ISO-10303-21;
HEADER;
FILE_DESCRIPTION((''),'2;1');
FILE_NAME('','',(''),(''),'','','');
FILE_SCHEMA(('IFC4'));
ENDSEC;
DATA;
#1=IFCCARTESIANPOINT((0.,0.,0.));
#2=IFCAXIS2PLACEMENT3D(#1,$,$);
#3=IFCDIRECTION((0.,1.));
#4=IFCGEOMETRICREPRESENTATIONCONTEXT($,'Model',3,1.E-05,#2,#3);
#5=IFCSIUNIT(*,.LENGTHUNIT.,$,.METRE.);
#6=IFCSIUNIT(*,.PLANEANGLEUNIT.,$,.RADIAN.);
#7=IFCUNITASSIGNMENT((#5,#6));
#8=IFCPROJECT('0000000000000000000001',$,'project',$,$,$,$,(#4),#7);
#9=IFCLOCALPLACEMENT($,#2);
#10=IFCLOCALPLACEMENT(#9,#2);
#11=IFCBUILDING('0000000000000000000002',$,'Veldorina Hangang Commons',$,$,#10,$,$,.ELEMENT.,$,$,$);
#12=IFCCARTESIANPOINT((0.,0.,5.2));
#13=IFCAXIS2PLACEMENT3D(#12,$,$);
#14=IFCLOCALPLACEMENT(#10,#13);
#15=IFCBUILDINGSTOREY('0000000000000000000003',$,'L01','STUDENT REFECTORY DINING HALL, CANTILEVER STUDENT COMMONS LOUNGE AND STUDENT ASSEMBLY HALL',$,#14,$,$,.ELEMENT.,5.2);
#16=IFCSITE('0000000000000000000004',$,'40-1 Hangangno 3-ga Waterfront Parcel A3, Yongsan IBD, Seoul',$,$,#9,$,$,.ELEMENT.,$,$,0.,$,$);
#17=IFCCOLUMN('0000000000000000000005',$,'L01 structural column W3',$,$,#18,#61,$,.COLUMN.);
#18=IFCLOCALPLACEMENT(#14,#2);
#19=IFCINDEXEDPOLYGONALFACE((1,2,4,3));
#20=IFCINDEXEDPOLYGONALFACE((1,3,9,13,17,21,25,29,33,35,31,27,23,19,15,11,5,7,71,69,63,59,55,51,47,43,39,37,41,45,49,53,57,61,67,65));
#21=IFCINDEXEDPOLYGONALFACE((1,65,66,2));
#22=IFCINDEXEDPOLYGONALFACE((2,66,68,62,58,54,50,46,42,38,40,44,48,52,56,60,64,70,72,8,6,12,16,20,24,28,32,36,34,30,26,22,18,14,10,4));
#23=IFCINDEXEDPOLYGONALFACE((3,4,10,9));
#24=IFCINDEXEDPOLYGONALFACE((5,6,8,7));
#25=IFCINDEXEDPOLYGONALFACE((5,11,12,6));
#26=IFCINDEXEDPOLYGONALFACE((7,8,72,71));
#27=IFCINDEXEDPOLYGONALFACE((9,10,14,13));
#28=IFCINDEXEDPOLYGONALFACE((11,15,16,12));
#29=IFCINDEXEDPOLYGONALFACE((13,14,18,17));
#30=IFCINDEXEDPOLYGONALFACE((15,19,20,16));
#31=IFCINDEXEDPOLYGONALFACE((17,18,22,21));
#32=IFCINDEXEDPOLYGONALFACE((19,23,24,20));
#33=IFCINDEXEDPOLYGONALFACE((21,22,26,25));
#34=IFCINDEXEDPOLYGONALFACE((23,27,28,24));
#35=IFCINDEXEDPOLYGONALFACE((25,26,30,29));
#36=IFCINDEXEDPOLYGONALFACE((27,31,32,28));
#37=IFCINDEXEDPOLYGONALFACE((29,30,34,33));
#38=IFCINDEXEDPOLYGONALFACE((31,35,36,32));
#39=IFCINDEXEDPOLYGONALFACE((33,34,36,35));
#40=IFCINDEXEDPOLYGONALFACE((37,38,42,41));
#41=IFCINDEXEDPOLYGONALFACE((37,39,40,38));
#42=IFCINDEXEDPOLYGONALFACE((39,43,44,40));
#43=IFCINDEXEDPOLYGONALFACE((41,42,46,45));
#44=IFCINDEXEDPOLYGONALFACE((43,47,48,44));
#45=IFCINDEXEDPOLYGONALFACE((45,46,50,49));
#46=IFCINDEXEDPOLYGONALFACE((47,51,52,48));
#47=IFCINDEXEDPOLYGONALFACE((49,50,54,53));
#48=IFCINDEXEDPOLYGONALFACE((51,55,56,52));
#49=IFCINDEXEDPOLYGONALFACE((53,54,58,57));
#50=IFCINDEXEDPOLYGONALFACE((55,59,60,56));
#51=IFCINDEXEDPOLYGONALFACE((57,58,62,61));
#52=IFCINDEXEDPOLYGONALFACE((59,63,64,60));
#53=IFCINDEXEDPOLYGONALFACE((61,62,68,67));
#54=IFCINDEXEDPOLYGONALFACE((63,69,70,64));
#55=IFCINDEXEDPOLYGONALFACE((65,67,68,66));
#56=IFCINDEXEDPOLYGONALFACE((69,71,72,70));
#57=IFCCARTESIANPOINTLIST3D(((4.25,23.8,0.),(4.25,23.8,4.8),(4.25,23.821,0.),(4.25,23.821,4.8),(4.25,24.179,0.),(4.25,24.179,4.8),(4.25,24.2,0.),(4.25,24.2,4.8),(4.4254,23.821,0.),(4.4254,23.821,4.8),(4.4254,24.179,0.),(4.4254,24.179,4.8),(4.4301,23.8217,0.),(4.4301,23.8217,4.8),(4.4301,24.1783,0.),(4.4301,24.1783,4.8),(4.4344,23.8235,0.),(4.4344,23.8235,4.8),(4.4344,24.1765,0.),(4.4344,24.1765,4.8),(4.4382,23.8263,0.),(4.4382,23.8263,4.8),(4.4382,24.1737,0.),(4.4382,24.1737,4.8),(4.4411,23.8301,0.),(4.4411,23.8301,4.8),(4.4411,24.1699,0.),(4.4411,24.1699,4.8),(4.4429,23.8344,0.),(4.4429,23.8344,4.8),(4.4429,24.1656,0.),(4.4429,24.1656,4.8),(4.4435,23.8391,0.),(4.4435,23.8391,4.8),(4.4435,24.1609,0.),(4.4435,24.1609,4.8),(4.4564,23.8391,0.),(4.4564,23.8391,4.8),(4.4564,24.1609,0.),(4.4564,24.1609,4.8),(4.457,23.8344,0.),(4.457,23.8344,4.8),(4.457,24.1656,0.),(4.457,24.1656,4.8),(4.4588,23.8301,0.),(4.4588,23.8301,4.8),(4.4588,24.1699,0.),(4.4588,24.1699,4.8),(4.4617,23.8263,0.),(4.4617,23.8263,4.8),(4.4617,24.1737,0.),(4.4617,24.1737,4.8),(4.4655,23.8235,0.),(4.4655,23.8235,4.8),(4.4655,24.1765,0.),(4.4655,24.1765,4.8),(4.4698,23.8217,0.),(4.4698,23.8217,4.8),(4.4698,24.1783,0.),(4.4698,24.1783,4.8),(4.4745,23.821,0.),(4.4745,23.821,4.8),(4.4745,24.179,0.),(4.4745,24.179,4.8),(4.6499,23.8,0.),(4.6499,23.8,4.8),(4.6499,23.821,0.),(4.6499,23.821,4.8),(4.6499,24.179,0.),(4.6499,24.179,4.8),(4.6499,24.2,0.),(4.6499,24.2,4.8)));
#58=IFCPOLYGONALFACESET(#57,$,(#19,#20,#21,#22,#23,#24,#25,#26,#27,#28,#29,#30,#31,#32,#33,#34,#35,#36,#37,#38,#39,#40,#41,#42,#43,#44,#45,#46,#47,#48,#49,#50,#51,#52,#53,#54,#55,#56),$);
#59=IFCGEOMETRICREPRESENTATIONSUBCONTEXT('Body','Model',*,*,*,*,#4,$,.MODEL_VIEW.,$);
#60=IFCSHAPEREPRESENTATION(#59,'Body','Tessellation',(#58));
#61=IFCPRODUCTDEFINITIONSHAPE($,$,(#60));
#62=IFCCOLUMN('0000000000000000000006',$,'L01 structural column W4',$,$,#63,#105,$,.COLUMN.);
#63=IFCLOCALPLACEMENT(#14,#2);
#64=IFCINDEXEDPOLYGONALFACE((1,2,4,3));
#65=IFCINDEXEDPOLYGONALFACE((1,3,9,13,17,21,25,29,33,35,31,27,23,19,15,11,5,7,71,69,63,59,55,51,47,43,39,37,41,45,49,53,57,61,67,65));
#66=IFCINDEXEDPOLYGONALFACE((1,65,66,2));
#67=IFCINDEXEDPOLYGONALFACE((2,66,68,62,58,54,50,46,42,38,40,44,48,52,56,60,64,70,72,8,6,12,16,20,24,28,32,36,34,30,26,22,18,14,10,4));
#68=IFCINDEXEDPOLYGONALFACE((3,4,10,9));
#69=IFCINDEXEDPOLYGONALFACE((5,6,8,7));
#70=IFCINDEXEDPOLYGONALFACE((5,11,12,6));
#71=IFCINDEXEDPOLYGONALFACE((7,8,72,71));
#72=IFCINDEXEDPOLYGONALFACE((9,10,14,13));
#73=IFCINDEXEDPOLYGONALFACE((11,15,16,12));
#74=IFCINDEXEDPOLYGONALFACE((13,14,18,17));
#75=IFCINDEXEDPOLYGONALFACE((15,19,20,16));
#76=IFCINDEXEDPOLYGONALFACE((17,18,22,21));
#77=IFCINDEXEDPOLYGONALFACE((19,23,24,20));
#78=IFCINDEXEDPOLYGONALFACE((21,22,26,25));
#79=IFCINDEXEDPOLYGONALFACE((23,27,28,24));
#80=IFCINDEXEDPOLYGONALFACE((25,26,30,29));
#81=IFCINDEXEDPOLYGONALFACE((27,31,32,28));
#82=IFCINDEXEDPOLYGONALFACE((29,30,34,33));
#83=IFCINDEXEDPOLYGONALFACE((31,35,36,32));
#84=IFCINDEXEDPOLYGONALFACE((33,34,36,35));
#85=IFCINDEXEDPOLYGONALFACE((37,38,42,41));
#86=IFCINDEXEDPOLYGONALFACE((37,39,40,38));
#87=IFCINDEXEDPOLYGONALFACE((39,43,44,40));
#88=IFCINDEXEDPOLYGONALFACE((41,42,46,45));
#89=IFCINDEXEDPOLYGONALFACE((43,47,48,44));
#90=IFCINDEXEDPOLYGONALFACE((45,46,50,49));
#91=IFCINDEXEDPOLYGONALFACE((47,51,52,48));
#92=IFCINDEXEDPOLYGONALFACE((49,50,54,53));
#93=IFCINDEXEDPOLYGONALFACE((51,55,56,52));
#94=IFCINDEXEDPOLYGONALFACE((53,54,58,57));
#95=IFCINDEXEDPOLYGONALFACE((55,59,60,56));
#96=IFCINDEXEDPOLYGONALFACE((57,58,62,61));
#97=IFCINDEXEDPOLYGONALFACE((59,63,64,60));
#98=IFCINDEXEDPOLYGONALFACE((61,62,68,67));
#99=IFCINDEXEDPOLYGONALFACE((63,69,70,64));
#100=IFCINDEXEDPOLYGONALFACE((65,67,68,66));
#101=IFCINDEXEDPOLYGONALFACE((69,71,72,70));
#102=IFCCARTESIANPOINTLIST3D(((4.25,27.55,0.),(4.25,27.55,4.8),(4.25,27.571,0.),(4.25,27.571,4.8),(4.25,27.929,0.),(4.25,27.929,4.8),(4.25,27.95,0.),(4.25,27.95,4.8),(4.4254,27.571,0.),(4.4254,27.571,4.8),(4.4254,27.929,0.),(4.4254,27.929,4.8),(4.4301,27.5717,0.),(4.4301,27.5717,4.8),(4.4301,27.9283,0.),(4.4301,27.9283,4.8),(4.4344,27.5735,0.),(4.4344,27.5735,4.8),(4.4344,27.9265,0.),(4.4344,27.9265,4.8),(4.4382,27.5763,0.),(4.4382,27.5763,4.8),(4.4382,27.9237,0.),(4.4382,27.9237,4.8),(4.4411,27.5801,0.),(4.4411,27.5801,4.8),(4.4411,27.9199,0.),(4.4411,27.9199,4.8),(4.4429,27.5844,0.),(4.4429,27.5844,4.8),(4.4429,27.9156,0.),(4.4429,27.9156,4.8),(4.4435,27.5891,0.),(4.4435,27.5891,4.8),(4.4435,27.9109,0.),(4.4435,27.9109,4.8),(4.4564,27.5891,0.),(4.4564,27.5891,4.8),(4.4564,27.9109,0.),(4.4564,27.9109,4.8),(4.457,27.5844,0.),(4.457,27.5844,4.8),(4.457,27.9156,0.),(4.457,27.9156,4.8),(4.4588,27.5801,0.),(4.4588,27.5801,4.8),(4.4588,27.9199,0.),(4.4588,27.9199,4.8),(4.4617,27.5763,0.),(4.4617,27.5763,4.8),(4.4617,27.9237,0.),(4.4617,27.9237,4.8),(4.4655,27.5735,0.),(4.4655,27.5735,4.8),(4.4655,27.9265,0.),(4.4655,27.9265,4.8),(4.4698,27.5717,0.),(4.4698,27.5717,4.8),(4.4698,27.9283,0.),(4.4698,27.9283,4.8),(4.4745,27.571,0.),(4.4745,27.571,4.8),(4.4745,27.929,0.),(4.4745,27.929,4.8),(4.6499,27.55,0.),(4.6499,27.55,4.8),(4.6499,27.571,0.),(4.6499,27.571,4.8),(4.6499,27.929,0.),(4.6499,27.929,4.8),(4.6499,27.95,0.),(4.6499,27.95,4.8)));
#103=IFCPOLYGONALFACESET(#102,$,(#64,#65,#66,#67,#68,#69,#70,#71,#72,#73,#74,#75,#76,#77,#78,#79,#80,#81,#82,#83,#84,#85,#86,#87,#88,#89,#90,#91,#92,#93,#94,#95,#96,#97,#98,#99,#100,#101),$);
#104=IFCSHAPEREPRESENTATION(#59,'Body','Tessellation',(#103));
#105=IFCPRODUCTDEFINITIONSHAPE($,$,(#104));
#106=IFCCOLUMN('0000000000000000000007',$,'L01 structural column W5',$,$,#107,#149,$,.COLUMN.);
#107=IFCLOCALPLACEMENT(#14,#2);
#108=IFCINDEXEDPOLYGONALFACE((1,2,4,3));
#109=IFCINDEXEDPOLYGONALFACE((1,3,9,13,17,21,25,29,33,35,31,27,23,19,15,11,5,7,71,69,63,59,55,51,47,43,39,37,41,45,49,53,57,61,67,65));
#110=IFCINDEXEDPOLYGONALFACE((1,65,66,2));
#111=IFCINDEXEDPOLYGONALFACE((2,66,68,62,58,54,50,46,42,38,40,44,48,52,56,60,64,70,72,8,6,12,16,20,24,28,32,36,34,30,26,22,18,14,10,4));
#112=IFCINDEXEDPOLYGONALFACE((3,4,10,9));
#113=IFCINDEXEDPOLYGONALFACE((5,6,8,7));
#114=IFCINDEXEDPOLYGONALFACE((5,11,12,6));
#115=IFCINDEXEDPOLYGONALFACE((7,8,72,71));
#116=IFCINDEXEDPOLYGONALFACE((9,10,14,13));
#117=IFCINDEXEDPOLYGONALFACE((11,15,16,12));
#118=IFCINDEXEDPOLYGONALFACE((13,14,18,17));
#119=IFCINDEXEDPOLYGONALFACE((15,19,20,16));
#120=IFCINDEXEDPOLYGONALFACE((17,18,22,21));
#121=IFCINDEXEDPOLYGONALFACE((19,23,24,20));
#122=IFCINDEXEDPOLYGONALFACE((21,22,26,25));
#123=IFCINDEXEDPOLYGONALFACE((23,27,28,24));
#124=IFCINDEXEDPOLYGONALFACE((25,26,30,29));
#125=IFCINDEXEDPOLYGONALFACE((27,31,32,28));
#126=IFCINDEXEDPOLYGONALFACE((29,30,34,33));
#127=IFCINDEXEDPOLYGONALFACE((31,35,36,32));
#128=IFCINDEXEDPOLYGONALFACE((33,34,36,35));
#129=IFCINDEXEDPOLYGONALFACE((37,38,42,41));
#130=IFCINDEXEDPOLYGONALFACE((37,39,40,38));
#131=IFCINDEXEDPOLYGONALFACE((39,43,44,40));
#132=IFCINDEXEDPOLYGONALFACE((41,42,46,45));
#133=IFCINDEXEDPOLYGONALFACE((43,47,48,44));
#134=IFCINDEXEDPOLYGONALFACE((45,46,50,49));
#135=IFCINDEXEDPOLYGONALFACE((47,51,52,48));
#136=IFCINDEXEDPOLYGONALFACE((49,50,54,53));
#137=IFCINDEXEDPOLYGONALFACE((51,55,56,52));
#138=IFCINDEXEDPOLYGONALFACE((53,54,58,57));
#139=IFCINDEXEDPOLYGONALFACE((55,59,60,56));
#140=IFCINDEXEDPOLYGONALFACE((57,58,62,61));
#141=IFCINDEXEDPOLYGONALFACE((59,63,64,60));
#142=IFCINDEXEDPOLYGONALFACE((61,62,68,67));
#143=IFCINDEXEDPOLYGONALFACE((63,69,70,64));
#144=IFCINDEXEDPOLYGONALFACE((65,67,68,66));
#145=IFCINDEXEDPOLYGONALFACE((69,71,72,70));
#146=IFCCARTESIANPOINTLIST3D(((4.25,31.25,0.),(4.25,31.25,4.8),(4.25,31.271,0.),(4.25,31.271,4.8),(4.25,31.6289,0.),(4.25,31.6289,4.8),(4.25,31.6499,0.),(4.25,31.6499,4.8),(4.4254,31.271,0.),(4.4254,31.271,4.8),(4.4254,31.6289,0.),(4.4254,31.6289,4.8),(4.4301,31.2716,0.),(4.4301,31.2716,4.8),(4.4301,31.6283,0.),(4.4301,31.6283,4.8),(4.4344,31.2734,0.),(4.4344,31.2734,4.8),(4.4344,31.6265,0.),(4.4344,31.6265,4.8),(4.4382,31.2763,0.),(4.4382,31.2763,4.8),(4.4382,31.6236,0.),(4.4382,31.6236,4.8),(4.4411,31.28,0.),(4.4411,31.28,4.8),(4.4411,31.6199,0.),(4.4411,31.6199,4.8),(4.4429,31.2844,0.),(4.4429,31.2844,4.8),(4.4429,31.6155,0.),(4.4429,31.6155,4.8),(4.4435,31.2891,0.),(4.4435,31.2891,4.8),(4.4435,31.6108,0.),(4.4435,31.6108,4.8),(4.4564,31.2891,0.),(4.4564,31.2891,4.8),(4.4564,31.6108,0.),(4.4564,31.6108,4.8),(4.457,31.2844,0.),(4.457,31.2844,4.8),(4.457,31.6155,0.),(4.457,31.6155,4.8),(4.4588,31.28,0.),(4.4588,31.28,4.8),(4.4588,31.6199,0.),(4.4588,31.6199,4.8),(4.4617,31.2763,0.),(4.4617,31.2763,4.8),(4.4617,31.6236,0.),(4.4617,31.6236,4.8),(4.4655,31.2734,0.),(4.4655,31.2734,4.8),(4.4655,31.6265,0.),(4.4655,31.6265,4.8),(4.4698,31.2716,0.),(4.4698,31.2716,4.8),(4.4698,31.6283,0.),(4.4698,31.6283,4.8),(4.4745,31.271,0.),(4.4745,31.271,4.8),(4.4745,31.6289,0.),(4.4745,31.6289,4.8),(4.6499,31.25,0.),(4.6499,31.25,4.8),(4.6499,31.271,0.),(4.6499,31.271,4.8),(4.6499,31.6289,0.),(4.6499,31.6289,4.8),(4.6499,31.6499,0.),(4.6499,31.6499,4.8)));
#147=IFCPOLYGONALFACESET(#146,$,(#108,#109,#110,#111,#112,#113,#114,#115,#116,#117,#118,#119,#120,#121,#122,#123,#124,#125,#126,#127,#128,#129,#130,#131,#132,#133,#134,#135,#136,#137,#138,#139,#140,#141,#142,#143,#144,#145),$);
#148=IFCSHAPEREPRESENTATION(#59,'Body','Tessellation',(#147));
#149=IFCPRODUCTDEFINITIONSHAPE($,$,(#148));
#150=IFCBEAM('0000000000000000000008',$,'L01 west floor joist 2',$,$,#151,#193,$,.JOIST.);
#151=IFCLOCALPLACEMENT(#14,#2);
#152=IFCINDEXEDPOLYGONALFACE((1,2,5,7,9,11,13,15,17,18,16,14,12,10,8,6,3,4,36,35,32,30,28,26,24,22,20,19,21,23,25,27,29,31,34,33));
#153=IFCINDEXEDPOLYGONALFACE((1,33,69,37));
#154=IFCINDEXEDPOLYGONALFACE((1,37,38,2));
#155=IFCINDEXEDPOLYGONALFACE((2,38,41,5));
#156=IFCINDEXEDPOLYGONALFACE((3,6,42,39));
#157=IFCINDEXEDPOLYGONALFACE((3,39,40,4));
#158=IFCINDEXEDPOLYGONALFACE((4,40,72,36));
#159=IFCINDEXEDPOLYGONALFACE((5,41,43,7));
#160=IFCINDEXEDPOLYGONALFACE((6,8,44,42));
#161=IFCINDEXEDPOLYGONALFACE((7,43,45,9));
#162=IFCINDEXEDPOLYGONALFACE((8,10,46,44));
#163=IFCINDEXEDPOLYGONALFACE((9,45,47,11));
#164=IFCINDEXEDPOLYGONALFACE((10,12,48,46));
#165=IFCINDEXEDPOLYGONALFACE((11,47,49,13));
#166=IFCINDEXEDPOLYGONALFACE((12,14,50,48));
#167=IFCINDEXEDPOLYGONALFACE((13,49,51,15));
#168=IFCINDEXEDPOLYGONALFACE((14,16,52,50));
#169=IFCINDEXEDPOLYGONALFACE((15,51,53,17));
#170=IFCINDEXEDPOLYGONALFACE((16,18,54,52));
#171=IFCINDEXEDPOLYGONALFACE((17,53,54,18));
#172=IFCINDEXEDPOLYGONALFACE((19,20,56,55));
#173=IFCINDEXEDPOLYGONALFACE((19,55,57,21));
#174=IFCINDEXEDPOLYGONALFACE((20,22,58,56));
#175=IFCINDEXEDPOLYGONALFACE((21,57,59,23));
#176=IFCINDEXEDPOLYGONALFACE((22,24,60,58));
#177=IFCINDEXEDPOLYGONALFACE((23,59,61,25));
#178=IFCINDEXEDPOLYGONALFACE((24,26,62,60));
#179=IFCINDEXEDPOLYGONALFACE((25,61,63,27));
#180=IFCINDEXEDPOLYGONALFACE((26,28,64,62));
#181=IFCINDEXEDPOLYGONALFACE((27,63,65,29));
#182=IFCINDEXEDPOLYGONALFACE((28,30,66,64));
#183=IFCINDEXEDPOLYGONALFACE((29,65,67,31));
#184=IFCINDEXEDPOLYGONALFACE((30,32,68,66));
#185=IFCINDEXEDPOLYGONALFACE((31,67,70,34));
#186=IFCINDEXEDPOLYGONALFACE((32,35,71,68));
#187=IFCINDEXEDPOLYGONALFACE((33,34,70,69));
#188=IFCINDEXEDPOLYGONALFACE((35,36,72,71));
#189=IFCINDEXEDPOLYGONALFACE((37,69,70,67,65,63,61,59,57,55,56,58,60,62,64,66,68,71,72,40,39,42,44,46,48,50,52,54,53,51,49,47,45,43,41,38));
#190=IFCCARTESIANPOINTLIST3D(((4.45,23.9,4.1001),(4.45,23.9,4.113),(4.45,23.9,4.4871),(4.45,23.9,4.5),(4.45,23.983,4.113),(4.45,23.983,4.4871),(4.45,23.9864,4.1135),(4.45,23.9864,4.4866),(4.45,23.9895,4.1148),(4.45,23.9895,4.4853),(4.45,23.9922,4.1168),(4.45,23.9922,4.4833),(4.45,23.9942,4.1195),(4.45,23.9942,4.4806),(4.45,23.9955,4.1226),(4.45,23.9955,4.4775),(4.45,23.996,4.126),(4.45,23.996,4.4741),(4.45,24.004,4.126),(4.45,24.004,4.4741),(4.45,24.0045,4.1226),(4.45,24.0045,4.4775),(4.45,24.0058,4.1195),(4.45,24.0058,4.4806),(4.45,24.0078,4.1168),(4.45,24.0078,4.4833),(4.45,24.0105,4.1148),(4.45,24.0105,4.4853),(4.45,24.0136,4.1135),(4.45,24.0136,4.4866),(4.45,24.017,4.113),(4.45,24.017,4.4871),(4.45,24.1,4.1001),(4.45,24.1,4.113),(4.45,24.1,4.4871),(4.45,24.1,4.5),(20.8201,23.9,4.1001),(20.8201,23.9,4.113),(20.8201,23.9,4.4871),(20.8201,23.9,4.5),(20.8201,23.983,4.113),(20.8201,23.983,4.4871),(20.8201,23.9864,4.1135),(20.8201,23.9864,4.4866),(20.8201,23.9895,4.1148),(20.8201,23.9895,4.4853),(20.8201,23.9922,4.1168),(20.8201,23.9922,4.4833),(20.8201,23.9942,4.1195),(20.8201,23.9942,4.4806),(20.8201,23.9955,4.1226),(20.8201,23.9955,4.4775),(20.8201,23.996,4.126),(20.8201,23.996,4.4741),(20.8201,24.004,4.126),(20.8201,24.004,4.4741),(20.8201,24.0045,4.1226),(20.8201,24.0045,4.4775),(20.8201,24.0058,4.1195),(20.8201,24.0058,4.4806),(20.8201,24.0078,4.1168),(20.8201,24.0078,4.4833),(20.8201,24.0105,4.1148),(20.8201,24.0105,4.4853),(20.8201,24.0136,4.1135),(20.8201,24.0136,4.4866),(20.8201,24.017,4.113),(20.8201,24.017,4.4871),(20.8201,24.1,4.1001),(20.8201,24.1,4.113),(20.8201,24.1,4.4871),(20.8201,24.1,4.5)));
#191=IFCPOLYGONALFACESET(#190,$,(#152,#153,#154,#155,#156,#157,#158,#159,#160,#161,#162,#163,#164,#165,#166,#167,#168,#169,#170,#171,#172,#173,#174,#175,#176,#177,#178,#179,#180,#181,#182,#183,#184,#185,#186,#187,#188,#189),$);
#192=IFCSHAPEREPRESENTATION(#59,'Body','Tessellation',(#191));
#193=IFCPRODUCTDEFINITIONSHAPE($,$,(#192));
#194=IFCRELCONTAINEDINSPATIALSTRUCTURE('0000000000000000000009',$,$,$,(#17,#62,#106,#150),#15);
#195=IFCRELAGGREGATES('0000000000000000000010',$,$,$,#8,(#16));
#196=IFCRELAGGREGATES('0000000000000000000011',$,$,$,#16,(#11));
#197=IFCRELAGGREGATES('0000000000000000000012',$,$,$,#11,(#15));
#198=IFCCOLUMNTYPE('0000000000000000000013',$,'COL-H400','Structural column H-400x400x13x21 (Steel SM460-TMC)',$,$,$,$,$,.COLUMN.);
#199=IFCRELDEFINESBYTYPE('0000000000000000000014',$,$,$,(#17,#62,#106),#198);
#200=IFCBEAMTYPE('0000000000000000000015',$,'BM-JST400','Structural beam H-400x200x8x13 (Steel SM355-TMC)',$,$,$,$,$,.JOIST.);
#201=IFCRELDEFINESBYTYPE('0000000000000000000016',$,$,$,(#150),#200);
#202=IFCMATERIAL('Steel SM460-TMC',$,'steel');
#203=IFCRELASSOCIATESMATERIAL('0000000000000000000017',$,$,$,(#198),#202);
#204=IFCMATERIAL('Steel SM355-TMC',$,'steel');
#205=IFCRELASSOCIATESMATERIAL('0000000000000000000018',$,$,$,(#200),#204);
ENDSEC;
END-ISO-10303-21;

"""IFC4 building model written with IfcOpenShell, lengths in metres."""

from ifc_helpers import new_model, si_unit, direction, frame, origin, origin_2d, place, context, subcontext, project, spatial, i_section, extrude, material, material_profile, profile_set, type_object, element, save


model = new_model("IFC4")

# Units and contexts
model_context = context("Model", 3, precision=1e-05, world=origin(), true_north=direction((0.0, 1.0)))
body_context = subcontext(model_context, "Body", "Model", "MODEL_VIEW")
ifc_project = project(units=[si_unit("LENGTHUNIT", "METRE"), si_unit("PLANEANGLEUNIT", "RADIAN")], contexts=[model_context])

# Site, building, storey
site_placement = place(None, origin())
site = spatial("IfcSite", under=ifc_project, at=site_placement, Name="40-1 Hangangno 3-ga Waterfront Parcel A3, Yongsan IBD, Seoul", CompositionType="ELEMENT", RefElevation=0.0)
building_placement = place(site_placement, origin())
building = spatial("IfcBuilding", under=site, at=building_placement, Name="Veldorina Hangang Commons", CompositionType="ELEMENT")
storey_placement = place(building_placement, frame((0.0, 0.0, 5.2)))
storey = spatial("IfcBuildingStorey", under=building, at=storey_placement, Name="L01", Description="STUDENT REFECTORY DINING HALL, CANTILEVER STUDENT COMMONS LOUNGE AND STUDENT ASSEMBLY HALL", CompositionType="ELEMENT", Elevation=5.2)

# Columns
ifc_material_1 = material(Name="Steel SM460-TMC", Category="steel")
ifc_material_profile_1 = material_profile(ifc_material_1, i_section(OverallWidth=0.3999, OverallDepth=0.3999, WebThickness=0.0129, FlangeThickness=0.021, FilletRadius=0.0181, at=origin_2d()), Name="H-400x400x13x21")
ifc_profile_set_1 = profile_set([ifc_material_profile_1], Name="Steel SM460-TMC")
column_type = type_object("IfcColumnType", Name="COL-H400", Description="Structural column H-400x400x13x21 (Steel SM460-TMC)", PredefinedType="COLUMN", material=ifc_profile_set_1)
for number, where, z_axis, x_axis, name in (
    (1, (4.45, 24.0, 0.0), (0.0, 0.0, 1.0), (1.0, 0.0, 0.0), "L01 structural column W3"),
    (2, (4.45, 27.75, 0.0), (0.0, 0.0, 1.0), (1.0, 0.0, 0.0), "L01 structural column W4"),
    (3, (4.45, 31.45, 0.0), (0.0, 0.0, 1.0), (1.0, 0.0, 0.0), "L01 structural column W5"),
):
    element("IfcColumn", number, at=place(storey_placement, frame(where, z_axis=z_axis, x_axis=x_axis)), inside=storey, type_object=column_type, Name=name, PredefinedType="COLUMN", context=body_context, shape_type="SweptSolid", body=[
        extrude(i_section(OverallWidth=0.3999, OverallDepth=0.3999, WebThickness=0.0129, FlangeThickness=0.021, FilletRadius=0.0181, at=origin_2d()), origin(), (0.0, 0.0, 1.0), 4.8),
    ])

# Beam
ifc_material_2 = material(Name="Steel SM355-TMC", Category="steel")
ifc_material_profile_2 = material_profile(ifc_material_2, i_section(OverallWidth=0.2, OverallDepth=0.3999, WebThickness=0.0081, FlangeThickness=0.0129, FilletRadius=0.0129, at=origin_2d()), Name="H-400x200x8x13")
ifc_profile_set_2 = profile_set([ifc_material_profile_2], Name="Steel SM355-TMC")
beam_type_1 = type_object("IfcBeamType", Name="BM-JST400", Description="Structural beam H-400x200x8x13 (Steel SM355-TMC)", PredefinedType="JOIST", material=ifc_profile_set_2)
for number, where, z_axis, x_axis, name in (
    (4, (4.45, 24.0, 4.3), (1.0, 0.0, 0.0), (0.0, 1.0, 0.0), "L01 west floor joist 2"),
):
    element("IfcBeam", number, at=place(storey_placement, frame(where, z_axis=z_axis, x_axis=x_axis)), inside=storey, type_object=beam_type_1, Name=name, PredefinedType="JOIST", context=body_context, shape_type="SweptSolid", body=[
        extrude(i_section(OverallWidth=0.2, OverallDepth=0.3999, WebThickness=0.0081, FlangeThickness=0.0129, FilletRadius=0.0129, at=origin_2d()), origin(), (0.0, 0.0, 1.0), 16.3701),
    ])

save(model, "model.ifc")
